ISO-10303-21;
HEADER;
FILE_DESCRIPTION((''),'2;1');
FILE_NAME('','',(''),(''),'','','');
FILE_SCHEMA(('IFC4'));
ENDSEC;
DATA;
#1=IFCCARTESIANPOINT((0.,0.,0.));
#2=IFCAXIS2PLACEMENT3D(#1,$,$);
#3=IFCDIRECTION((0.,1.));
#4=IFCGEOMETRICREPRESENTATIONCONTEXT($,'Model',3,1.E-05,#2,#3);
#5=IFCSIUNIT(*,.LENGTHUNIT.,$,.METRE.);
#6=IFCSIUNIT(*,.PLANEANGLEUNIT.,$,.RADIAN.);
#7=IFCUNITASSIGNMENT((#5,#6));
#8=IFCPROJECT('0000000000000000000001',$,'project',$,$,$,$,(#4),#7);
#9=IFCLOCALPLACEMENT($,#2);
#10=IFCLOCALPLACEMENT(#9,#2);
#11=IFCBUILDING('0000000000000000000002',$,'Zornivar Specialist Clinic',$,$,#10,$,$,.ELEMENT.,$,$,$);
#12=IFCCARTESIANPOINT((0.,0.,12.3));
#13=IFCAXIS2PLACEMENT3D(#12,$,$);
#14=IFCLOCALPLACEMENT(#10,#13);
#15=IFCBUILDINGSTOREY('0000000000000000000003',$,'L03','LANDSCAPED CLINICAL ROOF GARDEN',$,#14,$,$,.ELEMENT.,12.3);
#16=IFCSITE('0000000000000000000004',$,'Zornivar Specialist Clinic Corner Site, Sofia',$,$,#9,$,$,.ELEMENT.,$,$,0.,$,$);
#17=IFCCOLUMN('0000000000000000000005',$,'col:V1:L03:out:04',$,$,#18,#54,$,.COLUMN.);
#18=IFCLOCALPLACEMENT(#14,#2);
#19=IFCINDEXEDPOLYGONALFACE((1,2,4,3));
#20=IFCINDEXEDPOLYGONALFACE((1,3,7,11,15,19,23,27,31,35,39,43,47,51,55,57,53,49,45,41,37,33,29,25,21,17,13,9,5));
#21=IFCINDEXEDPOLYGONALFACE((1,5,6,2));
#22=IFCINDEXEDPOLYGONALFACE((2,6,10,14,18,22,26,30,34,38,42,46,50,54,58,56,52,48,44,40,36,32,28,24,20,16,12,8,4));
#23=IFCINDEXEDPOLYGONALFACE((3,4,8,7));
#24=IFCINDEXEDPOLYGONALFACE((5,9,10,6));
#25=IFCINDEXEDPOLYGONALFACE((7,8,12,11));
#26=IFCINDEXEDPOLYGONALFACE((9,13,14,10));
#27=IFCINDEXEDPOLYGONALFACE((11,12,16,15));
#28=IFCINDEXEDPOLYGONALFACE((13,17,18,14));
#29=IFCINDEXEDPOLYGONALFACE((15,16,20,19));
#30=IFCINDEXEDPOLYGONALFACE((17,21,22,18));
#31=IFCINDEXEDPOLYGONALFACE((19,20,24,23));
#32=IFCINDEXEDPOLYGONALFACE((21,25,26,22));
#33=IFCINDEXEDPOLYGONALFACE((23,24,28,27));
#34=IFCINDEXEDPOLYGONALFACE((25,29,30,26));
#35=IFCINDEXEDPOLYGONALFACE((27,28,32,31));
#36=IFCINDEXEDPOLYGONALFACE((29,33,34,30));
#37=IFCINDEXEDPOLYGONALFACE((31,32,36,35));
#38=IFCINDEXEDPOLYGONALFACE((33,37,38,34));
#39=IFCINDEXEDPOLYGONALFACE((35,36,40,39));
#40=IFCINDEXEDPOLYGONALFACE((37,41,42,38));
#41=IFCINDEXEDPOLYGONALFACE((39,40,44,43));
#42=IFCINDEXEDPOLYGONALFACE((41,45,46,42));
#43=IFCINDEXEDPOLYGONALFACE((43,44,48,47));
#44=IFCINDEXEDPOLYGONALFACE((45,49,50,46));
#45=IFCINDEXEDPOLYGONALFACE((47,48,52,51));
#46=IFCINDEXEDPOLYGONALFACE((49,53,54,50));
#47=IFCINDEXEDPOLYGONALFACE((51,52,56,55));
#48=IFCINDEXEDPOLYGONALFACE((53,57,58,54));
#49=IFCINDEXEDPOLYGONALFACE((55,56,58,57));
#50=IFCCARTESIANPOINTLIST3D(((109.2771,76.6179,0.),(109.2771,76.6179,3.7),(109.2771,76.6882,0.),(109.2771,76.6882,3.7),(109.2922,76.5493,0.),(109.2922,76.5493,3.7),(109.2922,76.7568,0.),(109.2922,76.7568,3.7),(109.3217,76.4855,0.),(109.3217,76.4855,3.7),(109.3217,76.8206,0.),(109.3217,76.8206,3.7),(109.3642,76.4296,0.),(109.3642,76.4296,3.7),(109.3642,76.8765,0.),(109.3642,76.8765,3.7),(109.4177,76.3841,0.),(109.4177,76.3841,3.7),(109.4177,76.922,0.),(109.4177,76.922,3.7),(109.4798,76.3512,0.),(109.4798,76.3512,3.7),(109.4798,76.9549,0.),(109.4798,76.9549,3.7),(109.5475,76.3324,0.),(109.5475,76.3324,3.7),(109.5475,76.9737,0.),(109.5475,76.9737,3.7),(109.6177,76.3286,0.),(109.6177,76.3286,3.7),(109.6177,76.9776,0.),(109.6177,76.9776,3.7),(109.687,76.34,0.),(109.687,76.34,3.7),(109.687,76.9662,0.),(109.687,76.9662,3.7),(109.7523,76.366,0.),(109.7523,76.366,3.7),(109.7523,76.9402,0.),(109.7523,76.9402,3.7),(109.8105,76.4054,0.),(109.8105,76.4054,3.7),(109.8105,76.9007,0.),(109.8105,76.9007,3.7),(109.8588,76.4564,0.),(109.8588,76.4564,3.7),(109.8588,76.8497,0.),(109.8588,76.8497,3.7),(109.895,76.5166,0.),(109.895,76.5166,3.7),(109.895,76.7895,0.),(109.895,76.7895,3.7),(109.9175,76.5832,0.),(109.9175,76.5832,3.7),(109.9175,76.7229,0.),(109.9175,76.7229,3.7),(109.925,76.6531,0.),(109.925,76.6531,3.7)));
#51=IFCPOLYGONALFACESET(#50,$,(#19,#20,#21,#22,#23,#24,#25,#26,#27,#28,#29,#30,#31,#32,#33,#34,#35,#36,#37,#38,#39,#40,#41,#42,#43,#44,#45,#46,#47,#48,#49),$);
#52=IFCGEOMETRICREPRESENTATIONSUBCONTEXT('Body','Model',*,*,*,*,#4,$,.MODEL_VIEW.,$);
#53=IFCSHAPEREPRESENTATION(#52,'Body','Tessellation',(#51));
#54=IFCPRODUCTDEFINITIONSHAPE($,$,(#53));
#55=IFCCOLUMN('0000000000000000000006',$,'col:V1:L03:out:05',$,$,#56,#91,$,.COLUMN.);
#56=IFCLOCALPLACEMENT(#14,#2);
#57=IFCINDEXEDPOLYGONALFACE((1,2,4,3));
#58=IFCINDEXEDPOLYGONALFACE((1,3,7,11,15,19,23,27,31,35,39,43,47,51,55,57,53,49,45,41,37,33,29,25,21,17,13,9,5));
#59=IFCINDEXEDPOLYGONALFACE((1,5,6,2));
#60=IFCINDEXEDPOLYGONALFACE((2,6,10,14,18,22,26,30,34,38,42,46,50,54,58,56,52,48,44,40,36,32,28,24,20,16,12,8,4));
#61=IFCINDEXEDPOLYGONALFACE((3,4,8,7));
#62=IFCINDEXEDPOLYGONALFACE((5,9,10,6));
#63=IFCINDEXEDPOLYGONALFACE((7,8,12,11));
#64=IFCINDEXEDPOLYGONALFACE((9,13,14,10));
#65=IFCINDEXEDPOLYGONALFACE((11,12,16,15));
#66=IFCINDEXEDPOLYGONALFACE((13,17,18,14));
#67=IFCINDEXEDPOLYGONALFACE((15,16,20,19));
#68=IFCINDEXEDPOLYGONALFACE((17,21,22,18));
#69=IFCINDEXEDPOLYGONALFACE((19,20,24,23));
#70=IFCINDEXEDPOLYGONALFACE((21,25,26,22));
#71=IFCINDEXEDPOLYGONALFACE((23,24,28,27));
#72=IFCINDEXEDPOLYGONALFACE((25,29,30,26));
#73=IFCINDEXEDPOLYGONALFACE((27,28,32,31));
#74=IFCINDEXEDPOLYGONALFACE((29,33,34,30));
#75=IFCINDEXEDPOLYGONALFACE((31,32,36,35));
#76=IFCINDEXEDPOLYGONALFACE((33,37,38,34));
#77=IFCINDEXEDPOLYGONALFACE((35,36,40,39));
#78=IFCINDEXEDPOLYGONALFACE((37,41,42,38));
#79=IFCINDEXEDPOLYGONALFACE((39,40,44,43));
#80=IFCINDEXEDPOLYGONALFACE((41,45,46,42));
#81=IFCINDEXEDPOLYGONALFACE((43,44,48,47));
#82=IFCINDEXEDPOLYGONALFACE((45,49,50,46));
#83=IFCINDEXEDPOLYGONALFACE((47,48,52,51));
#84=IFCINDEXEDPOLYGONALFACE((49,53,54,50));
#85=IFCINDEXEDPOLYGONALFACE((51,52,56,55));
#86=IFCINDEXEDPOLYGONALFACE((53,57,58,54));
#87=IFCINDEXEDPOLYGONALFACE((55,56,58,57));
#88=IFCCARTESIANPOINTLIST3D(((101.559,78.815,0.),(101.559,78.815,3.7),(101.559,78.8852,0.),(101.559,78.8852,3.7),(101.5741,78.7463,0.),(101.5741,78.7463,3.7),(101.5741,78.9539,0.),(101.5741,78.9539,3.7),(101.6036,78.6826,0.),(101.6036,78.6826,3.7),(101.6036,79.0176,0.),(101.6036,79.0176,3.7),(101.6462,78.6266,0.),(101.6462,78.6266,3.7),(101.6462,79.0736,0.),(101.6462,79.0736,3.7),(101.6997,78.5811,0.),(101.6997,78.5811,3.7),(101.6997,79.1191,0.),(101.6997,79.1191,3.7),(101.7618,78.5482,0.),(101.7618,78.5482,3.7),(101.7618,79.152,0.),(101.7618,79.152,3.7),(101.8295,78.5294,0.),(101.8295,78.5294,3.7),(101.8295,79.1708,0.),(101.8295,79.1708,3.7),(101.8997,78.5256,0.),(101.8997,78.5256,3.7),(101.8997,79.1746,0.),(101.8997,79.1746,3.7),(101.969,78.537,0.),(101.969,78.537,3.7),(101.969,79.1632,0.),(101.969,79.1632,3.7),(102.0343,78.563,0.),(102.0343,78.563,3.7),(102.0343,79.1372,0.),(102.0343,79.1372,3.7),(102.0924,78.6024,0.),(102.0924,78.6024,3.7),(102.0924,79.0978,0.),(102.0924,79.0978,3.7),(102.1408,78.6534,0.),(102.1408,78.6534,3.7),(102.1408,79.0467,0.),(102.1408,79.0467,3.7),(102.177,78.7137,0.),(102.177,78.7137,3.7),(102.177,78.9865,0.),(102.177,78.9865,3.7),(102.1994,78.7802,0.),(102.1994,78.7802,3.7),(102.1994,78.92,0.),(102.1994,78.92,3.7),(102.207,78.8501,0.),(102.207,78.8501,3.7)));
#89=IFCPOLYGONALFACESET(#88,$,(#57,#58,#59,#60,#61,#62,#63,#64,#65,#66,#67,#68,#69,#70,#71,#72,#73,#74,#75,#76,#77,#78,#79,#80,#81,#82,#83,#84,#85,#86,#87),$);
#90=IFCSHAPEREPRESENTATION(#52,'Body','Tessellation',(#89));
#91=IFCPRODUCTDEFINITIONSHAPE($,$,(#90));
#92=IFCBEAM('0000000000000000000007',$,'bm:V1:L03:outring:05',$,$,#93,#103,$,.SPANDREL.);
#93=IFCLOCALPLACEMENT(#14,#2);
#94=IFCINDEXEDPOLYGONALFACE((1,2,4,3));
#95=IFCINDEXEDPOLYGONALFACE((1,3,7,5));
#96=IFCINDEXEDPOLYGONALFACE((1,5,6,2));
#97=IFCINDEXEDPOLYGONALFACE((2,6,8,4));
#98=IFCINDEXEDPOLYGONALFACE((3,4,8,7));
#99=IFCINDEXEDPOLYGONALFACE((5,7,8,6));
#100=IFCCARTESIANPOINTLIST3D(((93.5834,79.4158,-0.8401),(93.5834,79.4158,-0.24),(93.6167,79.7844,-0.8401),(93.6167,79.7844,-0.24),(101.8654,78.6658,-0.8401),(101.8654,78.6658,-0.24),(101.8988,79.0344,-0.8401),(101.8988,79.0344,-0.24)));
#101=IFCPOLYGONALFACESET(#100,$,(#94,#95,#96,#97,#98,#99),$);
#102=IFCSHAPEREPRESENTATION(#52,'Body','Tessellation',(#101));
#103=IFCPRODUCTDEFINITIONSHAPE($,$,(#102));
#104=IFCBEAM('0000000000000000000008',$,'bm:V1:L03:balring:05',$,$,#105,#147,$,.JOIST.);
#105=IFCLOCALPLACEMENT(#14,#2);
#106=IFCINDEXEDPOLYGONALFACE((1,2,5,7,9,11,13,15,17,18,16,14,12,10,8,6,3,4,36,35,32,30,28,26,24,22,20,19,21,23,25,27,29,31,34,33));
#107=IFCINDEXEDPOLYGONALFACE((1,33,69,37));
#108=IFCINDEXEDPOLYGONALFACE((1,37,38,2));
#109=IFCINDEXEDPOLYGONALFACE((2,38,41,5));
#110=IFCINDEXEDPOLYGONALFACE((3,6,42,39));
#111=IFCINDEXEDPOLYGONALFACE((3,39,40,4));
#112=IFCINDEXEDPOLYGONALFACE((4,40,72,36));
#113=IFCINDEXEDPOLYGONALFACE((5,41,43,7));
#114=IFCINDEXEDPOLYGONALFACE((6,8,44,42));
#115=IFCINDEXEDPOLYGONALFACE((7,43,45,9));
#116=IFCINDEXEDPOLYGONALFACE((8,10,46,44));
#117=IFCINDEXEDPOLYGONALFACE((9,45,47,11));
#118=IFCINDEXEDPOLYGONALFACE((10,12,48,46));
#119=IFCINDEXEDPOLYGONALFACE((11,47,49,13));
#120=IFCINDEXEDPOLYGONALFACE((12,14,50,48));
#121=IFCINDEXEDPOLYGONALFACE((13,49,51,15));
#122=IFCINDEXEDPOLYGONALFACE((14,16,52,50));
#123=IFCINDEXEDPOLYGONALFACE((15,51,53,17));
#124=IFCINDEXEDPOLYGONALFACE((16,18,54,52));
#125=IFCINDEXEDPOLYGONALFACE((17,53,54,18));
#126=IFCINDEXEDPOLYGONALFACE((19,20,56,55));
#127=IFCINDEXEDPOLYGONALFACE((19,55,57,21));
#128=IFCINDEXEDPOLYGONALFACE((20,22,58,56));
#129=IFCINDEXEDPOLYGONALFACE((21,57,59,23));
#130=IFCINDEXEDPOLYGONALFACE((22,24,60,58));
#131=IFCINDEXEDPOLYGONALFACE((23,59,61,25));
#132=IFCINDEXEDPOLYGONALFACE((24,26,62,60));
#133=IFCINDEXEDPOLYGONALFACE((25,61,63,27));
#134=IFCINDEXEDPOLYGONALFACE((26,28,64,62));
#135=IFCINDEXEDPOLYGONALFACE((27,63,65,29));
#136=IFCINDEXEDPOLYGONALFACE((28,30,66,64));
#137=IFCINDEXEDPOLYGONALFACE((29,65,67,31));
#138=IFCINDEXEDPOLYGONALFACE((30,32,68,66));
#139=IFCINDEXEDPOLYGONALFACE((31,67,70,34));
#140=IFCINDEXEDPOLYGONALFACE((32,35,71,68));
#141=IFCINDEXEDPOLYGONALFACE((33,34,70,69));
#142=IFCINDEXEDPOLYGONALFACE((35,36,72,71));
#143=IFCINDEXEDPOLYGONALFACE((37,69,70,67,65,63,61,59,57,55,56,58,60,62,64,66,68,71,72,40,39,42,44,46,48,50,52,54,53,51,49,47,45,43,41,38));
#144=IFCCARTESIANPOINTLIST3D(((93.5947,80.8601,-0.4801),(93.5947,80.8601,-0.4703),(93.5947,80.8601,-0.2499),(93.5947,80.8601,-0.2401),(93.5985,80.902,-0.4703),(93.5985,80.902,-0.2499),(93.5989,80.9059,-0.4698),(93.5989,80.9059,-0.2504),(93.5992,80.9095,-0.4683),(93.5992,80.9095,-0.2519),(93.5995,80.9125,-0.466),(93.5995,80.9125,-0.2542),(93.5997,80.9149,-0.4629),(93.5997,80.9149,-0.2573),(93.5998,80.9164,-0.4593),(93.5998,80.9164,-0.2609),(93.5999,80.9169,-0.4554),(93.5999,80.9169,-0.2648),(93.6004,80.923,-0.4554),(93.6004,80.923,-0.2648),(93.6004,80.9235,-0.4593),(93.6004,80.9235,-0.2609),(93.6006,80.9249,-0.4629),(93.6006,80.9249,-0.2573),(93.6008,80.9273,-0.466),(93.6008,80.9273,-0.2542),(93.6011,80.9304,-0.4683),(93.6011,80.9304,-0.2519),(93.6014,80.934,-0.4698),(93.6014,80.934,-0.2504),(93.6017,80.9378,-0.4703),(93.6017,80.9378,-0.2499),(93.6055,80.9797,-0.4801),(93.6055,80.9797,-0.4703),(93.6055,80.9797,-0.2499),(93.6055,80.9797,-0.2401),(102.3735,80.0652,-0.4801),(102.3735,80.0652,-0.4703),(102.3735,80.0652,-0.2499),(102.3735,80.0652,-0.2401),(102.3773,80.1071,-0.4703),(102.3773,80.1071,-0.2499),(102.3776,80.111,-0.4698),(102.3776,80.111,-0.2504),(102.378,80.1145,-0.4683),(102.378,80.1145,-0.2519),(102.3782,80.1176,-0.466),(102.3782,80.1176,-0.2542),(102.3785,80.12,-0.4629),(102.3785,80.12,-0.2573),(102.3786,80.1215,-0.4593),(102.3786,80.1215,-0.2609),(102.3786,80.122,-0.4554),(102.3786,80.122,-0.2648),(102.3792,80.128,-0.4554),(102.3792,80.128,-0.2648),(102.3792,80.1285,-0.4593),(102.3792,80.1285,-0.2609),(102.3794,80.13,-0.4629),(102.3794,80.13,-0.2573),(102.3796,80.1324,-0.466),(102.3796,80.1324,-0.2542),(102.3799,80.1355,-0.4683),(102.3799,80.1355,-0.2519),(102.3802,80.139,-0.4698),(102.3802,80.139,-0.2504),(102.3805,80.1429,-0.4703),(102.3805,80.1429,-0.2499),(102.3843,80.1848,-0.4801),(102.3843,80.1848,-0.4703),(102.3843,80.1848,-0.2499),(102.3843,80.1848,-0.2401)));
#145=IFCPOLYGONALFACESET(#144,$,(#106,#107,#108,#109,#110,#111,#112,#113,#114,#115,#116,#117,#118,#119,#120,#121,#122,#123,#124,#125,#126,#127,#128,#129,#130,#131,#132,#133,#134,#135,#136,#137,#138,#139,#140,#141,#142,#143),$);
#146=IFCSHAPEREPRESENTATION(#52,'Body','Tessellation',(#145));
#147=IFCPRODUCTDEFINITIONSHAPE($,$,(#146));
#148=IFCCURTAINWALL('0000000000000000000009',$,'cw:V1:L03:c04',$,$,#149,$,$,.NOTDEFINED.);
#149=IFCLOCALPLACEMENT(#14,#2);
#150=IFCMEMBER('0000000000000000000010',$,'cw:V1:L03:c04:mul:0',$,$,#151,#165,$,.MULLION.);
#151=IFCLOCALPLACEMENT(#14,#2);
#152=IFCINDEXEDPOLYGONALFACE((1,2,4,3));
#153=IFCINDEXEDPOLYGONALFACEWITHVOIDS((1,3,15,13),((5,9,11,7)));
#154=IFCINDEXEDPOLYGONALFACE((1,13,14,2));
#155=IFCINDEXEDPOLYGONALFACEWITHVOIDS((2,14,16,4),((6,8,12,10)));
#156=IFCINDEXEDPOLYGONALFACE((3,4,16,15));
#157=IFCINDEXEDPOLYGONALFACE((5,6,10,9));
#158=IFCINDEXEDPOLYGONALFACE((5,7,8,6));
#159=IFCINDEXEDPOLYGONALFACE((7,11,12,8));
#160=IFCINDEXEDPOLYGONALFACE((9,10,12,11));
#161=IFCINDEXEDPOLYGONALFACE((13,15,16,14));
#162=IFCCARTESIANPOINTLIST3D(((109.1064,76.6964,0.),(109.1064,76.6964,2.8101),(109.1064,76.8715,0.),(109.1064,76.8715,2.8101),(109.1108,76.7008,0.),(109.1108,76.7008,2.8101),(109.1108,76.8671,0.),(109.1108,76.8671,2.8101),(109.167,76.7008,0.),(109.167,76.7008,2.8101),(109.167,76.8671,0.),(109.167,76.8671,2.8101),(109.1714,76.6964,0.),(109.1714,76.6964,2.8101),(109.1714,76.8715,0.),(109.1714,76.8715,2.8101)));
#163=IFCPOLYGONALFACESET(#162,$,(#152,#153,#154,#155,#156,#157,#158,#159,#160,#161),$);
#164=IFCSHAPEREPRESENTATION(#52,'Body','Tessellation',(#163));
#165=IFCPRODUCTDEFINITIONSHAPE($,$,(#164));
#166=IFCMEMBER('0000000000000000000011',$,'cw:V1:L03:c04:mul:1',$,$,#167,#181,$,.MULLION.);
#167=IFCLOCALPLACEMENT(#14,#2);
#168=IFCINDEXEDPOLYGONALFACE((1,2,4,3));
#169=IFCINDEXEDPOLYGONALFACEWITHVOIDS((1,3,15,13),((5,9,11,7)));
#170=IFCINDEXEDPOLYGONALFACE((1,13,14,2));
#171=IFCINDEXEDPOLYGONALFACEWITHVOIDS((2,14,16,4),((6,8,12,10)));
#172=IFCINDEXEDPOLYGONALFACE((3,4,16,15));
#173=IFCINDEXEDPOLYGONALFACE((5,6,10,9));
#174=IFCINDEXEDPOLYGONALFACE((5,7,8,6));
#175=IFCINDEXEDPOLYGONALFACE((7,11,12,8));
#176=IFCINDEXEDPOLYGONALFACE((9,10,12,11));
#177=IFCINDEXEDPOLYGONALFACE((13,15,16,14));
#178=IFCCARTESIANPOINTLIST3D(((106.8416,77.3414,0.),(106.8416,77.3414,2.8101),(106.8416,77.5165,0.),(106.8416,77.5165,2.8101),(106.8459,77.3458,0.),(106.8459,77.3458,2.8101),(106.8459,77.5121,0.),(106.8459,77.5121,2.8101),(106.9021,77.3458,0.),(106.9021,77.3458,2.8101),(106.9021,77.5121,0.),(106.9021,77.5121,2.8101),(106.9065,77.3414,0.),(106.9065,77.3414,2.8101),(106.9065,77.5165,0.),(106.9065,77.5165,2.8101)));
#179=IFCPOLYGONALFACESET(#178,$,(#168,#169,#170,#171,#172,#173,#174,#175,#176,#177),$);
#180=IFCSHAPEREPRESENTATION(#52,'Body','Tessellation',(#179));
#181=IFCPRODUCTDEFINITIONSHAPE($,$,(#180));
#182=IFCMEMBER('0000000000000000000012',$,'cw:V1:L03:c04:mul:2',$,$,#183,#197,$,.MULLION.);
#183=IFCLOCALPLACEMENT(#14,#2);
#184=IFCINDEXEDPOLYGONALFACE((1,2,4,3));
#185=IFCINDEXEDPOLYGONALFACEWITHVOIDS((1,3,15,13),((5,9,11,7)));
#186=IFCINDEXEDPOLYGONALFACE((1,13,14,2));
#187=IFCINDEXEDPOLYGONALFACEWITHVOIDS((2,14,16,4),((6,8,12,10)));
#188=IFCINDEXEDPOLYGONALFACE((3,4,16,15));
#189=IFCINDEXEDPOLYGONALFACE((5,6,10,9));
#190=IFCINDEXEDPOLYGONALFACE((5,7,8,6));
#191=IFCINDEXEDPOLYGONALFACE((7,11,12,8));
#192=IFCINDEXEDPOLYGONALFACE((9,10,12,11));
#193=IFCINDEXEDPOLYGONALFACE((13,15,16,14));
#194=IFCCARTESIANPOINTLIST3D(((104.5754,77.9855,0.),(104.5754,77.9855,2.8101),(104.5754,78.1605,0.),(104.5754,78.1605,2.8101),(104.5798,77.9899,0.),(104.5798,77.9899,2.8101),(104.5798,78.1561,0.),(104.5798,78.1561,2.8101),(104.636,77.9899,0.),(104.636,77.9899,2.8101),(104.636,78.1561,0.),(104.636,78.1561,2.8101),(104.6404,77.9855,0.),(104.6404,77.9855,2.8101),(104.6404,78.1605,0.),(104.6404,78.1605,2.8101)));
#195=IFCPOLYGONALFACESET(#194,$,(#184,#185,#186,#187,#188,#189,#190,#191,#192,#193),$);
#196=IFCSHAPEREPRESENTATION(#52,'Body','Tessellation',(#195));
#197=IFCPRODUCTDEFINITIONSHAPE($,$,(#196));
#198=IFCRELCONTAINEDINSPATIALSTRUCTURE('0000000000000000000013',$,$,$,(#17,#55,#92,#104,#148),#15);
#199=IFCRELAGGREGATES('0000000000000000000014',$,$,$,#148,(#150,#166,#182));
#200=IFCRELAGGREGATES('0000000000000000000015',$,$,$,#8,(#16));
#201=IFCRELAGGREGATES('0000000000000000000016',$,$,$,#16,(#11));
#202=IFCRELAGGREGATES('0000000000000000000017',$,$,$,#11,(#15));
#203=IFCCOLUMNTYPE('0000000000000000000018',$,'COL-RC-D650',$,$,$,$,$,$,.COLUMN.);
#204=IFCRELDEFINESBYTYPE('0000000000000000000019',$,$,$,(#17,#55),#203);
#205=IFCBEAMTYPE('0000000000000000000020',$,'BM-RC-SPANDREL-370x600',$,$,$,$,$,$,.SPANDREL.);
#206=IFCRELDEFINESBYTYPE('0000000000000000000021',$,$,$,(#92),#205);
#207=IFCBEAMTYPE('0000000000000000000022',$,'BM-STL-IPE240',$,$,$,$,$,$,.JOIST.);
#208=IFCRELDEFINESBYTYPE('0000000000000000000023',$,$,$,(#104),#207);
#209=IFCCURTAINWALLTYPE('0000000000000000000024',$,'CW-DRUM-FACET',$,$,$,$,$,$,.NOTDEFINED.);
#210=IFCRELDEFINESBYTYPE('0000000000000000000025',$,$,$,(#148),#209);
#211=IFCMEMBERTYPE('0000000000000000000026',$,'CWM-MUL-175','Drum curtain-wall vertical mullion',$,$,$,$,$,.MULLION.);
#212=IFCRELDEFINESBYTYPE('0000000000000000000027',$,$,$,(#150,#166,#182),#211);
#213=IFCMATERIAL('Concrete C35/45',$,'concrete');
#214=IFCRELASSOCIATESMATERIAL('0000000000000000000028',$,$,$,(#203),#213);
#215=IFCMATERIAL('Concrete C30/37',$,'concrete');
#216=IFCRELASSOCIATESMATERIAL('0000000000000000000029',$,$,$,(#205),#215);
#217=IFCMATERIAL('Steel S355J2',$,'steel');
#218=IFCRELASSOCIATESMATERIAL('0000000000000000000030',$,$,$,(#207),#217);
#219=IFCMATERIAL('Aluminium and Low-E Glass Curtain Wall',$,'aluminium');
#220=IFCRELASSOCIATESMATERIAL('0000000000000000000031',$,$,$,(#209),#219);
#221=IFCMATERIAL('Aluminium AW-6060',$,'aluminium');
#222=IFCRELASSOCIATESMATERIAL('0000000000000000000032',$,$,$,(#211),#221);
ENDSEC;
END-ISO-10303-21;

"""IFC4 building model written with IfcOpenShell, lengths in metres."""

from ifc_helpers import new_model, si_unit, direction, frame, origin, origin_2d, place, context, subcontext, project, spatial, rectangle, hollow_rectangle, circle, i_section, extrude, material, material_profile, profile_set, type_object, element, aggregate, save


model = new_model("IFC4")

# Units and contexts
model_context = context("Model", 3, precision=1e-05, world=origin(), true_north=direction((0.0, 1.0)))
body_context = subcontext(model_context, "Body", "Model", "MODEL_VIEW")
ifc_project = project(units=[si_unit("LENGTHUNIT", "METRE"), si_unit("PLANEANGLEUNIT", "RADIAN")], contexts=[model_context])

# Site, building, storey
site_placement = place(None, origin())
site = spatial("IfcSite", under=ifc_project, at=site_placement, Name="Zornivar Specialist Clinic Corner Site, Sofia", CompositionType="ELEMENT", RefElevation=0.0)
building_placement = place(site_placement, origin())
building = spatial("IfcBuilding", under=site, at=building_placement, Name="Zornivar Specialist Clinic", CompositionType="ELEMENT")
storey_placement = place(building_placement, frame((0.0, 0.0, 12.3)))
storey = spatial("IfcBuildingStorey", under=building, at=storey_placement, Name="L03", Description="LANDSCAPED CLINICAL ROOF GARDEN", CompositionType="ELEMENT", Elevation=12.3)

# Columns
ifc_material_1 = material(Name="Concrete C35/45", Category="concrete")
ifc_material_profile_1 = material_profile(ifc_material_1, circle(Radius=0.325, at=origin_2d()), Name="RC D650")
ifc_profile_set_1 = profile_set([ifc_material_profile_1], Name="Concrete C35/45")
column_type = type_object("IfcColumnType", Name="COL-RC-D650", PredefinedType="COLUMN", material=ifc_profile_set_1)
for number, where, z_axis, x_axis, name in (
    (1, (109.6001, 76.6531, 0.0), (0.0, 0.0, 1.0), (1.0, 0.0, 0.0), "col:V1:L03:out:04"),
    (2, (101.8821, 78.8501, 0.0), (0.0, 0.0, 1.0), (1.0, 0.0, 0.0), "col:V1:L03:out:05"),
):
    element("IfcColumn", number, at=place(storey_placement, frame(where, z_axis=z_axis, x_axis=x_axis)), inside=storey, type_object=column_type, Name=name, PredefinedType="COLUMN", context=body_context, shape_type="SweptSolid", body=[
        extrude(circle(Radius=0.325, at=origin_2d()), origin(), (0.0, 0.0, 1.0), 3.7),
    ])

# Beams
ifc_material_2 = material(Name="Concrete C30/37", Category="concrete")
ifc_material_profile_2 = material_profile(ifc_material_2, rectangle(XDim=0.3701, YDim=0.6001, at=origin_2d()), Name="RC 370x600")
ifc_profile_set_2 = profile_set([ifc_material_profile_2], Name="Concrete C30/37")
beam_type_1 = type_object("IfcBeamType", Name="BM-RC-SPANDREL-370x600", PredefinedType="SPANDREL", material=ifc_profile_set_2)
beam_1_placement = place(storey_placement, frame((101.8821, 78.8501, -0.54), z_axis=(-0.995925, 0.090189, 0.0), x_axis=(-0.090189, -0.995925, 0.0)))
element("IfcBeam", 3, at=beam_1_placement, inside=storey, type_object=beam_type_1, Name="bm:V1:L03:outring:05", PredefinedType="SPANDREL", context=body_context, shape_type="SweptSolid", body=[
    extrude(rectangle(XDim=0.3701, YDim=0.6001, at=origin_2d()), origin(), (0.0, 0.0, 1.0), 8.3159),
])
ifc_material_3 = material(Name="Steel S355J2", Category="steel")
ifc_material_profile_3 = material_profile(ifc_material_3, i_section(OverallWidth=0.1201, OverallDepth=0.24, WebThickness=0.0061, FlangeThickness=0.0098, FilletRadius=0.0149, at=origin_2d()), Name="IPE 240")
ifc_profile_set_3 = profile_set([ifc_material_profile_3], Name="Steel S355J2")
beam_type_2 = type_object("IfcBeamType", Name="BM-STL-IPE240", PredefinedType="JOIST", material=ifc_profile_set_3)
beam_2_placement = place(storey_placement, frame((102.3789, 80.125, -0.3601), z_axis=(-0.995925, 0.090181, 0.0), x_axis=(-0.090181, -0.995925, 0.0)))
element("IfcBeam", 4, at=beam_2_placement, inside=storey, type_object=beam_type_2, Name="bm:V1:L03:balring:05", PredefinedType="JOIST", context=body_context, shape_type="SweptSolid", body=[
    extrude(i_section(OverallWidth=0.1201, OverallDepth=0.24, WebThickness=0.0061, FlangeThickness=0.0098, FilletRadius=0.0149, at=origin_2d()), origin(), (0.0, 0.0, 1.0), 8.8147),
])

# Curtain wall, members
ifc_material_4 = material(Name="Aluminium and Low-E Glass Curtain Wall", Category="aluminium")
curtain_wall_type = type_object("IfcCurtainWallType", Name="CW-DRUM-FACET", PredefinedType="NOTDEFINED", material=ifc_material_4)
curtain_wall_1_placement = place(storey_placement, origin())
curtain_wall_1 = element("IfcCurtainWall", 5, at=curtain_wall_1_placement, inside=storey, type_object=curtain_wall_type, Name="cw:V1:L03:c04", PredefinedType="NOTDEFINED")
ifc_material_5 = material(Name="Aluminium AW-6060", Category="aluminium")
ifc_material_profile_4 = material_profile(ifc_material_5, hollow_rectangle(XDim=0.0649, YDim=0.175, WallThickness=0.0044, at=origin_2d()), Name="ALU 65x175x4.5")
ifc_profile_set_4 = profile_set([ifc_material_profile_4], Name="Aluminium AW-6060")
member_type_1 = type_object("IfcMemberType", Name="CWM-MUL-175", Description="Drum curtain-wall vertical mullion", PredefinedType="MULLION", material=ifc_profile_set_4)
member_1_placement = place(storey_placement, frame((109.1389, 76.7839, 0.0), z_axis=(0.0, 0.0, 1.0), x_axis=(1.0, 0.0, 0.0)))
member_1 = element("IfcMember", 6, at=member_1_placement, type_object=member_type_1, Name="cw:V1:L03:c04:mul:0", PredefinedType="MULLION", context=body_context, shape_type="SweptSolid", body=[
    extrude(hollow_rectangle(XDim=0.0649, YDim=0.175, WallThickness=0.0044, at=origin_2d()), origin(), (0.0, 0.0, 1.0), 2.8101),
])
member_2_placement = place(storey_placement, frame((106.874, 77.429, 0.0), z_axis=(0.0, 0.0, 1.0), x_axis=(1.0, 0.0, 0.0)))
member_2 = element("IfcMember", 7, at=member_2_placement, type_object=member_type_1, Name="cw:V1:L03:c04:mul:1", PredefinedType="MULLION", context=body_context, shape_type="SweptSolid", body=[
    extrude(hollow_rectangle(XDim=0.0649, YDim=0.175, WallThickness=0.0044, at=origin_2d()), origin(), (0.0, 0.0, 1.0), 2.8101),
])
member_3_placement = place(storey_placement, frame((104.6079, 78.073, 0.0), z_axis=(0.0, 0.0, 1.0), x_axis=(1.0, 0.0, 0.0)))
member_3 = element("IfcMember", 8, at=member_3_placement, type_object=member_type_1, Name="cw:V1:L03:c04:mul:2", PredefinedType="MULLION", context=body_context, shape_type="SweptSolid", body=[
    extrude(hollow_rectangle(XDim=0.0649, YDim=0.175, WallThickness=0.0044, at=origin_2d()), origin(), (0.0, 0.0, 1.0), 2.8101),
])

aggregate(curtain_wall_1, [member_1, member_2, member_3])

save(model, "model.ifc")
